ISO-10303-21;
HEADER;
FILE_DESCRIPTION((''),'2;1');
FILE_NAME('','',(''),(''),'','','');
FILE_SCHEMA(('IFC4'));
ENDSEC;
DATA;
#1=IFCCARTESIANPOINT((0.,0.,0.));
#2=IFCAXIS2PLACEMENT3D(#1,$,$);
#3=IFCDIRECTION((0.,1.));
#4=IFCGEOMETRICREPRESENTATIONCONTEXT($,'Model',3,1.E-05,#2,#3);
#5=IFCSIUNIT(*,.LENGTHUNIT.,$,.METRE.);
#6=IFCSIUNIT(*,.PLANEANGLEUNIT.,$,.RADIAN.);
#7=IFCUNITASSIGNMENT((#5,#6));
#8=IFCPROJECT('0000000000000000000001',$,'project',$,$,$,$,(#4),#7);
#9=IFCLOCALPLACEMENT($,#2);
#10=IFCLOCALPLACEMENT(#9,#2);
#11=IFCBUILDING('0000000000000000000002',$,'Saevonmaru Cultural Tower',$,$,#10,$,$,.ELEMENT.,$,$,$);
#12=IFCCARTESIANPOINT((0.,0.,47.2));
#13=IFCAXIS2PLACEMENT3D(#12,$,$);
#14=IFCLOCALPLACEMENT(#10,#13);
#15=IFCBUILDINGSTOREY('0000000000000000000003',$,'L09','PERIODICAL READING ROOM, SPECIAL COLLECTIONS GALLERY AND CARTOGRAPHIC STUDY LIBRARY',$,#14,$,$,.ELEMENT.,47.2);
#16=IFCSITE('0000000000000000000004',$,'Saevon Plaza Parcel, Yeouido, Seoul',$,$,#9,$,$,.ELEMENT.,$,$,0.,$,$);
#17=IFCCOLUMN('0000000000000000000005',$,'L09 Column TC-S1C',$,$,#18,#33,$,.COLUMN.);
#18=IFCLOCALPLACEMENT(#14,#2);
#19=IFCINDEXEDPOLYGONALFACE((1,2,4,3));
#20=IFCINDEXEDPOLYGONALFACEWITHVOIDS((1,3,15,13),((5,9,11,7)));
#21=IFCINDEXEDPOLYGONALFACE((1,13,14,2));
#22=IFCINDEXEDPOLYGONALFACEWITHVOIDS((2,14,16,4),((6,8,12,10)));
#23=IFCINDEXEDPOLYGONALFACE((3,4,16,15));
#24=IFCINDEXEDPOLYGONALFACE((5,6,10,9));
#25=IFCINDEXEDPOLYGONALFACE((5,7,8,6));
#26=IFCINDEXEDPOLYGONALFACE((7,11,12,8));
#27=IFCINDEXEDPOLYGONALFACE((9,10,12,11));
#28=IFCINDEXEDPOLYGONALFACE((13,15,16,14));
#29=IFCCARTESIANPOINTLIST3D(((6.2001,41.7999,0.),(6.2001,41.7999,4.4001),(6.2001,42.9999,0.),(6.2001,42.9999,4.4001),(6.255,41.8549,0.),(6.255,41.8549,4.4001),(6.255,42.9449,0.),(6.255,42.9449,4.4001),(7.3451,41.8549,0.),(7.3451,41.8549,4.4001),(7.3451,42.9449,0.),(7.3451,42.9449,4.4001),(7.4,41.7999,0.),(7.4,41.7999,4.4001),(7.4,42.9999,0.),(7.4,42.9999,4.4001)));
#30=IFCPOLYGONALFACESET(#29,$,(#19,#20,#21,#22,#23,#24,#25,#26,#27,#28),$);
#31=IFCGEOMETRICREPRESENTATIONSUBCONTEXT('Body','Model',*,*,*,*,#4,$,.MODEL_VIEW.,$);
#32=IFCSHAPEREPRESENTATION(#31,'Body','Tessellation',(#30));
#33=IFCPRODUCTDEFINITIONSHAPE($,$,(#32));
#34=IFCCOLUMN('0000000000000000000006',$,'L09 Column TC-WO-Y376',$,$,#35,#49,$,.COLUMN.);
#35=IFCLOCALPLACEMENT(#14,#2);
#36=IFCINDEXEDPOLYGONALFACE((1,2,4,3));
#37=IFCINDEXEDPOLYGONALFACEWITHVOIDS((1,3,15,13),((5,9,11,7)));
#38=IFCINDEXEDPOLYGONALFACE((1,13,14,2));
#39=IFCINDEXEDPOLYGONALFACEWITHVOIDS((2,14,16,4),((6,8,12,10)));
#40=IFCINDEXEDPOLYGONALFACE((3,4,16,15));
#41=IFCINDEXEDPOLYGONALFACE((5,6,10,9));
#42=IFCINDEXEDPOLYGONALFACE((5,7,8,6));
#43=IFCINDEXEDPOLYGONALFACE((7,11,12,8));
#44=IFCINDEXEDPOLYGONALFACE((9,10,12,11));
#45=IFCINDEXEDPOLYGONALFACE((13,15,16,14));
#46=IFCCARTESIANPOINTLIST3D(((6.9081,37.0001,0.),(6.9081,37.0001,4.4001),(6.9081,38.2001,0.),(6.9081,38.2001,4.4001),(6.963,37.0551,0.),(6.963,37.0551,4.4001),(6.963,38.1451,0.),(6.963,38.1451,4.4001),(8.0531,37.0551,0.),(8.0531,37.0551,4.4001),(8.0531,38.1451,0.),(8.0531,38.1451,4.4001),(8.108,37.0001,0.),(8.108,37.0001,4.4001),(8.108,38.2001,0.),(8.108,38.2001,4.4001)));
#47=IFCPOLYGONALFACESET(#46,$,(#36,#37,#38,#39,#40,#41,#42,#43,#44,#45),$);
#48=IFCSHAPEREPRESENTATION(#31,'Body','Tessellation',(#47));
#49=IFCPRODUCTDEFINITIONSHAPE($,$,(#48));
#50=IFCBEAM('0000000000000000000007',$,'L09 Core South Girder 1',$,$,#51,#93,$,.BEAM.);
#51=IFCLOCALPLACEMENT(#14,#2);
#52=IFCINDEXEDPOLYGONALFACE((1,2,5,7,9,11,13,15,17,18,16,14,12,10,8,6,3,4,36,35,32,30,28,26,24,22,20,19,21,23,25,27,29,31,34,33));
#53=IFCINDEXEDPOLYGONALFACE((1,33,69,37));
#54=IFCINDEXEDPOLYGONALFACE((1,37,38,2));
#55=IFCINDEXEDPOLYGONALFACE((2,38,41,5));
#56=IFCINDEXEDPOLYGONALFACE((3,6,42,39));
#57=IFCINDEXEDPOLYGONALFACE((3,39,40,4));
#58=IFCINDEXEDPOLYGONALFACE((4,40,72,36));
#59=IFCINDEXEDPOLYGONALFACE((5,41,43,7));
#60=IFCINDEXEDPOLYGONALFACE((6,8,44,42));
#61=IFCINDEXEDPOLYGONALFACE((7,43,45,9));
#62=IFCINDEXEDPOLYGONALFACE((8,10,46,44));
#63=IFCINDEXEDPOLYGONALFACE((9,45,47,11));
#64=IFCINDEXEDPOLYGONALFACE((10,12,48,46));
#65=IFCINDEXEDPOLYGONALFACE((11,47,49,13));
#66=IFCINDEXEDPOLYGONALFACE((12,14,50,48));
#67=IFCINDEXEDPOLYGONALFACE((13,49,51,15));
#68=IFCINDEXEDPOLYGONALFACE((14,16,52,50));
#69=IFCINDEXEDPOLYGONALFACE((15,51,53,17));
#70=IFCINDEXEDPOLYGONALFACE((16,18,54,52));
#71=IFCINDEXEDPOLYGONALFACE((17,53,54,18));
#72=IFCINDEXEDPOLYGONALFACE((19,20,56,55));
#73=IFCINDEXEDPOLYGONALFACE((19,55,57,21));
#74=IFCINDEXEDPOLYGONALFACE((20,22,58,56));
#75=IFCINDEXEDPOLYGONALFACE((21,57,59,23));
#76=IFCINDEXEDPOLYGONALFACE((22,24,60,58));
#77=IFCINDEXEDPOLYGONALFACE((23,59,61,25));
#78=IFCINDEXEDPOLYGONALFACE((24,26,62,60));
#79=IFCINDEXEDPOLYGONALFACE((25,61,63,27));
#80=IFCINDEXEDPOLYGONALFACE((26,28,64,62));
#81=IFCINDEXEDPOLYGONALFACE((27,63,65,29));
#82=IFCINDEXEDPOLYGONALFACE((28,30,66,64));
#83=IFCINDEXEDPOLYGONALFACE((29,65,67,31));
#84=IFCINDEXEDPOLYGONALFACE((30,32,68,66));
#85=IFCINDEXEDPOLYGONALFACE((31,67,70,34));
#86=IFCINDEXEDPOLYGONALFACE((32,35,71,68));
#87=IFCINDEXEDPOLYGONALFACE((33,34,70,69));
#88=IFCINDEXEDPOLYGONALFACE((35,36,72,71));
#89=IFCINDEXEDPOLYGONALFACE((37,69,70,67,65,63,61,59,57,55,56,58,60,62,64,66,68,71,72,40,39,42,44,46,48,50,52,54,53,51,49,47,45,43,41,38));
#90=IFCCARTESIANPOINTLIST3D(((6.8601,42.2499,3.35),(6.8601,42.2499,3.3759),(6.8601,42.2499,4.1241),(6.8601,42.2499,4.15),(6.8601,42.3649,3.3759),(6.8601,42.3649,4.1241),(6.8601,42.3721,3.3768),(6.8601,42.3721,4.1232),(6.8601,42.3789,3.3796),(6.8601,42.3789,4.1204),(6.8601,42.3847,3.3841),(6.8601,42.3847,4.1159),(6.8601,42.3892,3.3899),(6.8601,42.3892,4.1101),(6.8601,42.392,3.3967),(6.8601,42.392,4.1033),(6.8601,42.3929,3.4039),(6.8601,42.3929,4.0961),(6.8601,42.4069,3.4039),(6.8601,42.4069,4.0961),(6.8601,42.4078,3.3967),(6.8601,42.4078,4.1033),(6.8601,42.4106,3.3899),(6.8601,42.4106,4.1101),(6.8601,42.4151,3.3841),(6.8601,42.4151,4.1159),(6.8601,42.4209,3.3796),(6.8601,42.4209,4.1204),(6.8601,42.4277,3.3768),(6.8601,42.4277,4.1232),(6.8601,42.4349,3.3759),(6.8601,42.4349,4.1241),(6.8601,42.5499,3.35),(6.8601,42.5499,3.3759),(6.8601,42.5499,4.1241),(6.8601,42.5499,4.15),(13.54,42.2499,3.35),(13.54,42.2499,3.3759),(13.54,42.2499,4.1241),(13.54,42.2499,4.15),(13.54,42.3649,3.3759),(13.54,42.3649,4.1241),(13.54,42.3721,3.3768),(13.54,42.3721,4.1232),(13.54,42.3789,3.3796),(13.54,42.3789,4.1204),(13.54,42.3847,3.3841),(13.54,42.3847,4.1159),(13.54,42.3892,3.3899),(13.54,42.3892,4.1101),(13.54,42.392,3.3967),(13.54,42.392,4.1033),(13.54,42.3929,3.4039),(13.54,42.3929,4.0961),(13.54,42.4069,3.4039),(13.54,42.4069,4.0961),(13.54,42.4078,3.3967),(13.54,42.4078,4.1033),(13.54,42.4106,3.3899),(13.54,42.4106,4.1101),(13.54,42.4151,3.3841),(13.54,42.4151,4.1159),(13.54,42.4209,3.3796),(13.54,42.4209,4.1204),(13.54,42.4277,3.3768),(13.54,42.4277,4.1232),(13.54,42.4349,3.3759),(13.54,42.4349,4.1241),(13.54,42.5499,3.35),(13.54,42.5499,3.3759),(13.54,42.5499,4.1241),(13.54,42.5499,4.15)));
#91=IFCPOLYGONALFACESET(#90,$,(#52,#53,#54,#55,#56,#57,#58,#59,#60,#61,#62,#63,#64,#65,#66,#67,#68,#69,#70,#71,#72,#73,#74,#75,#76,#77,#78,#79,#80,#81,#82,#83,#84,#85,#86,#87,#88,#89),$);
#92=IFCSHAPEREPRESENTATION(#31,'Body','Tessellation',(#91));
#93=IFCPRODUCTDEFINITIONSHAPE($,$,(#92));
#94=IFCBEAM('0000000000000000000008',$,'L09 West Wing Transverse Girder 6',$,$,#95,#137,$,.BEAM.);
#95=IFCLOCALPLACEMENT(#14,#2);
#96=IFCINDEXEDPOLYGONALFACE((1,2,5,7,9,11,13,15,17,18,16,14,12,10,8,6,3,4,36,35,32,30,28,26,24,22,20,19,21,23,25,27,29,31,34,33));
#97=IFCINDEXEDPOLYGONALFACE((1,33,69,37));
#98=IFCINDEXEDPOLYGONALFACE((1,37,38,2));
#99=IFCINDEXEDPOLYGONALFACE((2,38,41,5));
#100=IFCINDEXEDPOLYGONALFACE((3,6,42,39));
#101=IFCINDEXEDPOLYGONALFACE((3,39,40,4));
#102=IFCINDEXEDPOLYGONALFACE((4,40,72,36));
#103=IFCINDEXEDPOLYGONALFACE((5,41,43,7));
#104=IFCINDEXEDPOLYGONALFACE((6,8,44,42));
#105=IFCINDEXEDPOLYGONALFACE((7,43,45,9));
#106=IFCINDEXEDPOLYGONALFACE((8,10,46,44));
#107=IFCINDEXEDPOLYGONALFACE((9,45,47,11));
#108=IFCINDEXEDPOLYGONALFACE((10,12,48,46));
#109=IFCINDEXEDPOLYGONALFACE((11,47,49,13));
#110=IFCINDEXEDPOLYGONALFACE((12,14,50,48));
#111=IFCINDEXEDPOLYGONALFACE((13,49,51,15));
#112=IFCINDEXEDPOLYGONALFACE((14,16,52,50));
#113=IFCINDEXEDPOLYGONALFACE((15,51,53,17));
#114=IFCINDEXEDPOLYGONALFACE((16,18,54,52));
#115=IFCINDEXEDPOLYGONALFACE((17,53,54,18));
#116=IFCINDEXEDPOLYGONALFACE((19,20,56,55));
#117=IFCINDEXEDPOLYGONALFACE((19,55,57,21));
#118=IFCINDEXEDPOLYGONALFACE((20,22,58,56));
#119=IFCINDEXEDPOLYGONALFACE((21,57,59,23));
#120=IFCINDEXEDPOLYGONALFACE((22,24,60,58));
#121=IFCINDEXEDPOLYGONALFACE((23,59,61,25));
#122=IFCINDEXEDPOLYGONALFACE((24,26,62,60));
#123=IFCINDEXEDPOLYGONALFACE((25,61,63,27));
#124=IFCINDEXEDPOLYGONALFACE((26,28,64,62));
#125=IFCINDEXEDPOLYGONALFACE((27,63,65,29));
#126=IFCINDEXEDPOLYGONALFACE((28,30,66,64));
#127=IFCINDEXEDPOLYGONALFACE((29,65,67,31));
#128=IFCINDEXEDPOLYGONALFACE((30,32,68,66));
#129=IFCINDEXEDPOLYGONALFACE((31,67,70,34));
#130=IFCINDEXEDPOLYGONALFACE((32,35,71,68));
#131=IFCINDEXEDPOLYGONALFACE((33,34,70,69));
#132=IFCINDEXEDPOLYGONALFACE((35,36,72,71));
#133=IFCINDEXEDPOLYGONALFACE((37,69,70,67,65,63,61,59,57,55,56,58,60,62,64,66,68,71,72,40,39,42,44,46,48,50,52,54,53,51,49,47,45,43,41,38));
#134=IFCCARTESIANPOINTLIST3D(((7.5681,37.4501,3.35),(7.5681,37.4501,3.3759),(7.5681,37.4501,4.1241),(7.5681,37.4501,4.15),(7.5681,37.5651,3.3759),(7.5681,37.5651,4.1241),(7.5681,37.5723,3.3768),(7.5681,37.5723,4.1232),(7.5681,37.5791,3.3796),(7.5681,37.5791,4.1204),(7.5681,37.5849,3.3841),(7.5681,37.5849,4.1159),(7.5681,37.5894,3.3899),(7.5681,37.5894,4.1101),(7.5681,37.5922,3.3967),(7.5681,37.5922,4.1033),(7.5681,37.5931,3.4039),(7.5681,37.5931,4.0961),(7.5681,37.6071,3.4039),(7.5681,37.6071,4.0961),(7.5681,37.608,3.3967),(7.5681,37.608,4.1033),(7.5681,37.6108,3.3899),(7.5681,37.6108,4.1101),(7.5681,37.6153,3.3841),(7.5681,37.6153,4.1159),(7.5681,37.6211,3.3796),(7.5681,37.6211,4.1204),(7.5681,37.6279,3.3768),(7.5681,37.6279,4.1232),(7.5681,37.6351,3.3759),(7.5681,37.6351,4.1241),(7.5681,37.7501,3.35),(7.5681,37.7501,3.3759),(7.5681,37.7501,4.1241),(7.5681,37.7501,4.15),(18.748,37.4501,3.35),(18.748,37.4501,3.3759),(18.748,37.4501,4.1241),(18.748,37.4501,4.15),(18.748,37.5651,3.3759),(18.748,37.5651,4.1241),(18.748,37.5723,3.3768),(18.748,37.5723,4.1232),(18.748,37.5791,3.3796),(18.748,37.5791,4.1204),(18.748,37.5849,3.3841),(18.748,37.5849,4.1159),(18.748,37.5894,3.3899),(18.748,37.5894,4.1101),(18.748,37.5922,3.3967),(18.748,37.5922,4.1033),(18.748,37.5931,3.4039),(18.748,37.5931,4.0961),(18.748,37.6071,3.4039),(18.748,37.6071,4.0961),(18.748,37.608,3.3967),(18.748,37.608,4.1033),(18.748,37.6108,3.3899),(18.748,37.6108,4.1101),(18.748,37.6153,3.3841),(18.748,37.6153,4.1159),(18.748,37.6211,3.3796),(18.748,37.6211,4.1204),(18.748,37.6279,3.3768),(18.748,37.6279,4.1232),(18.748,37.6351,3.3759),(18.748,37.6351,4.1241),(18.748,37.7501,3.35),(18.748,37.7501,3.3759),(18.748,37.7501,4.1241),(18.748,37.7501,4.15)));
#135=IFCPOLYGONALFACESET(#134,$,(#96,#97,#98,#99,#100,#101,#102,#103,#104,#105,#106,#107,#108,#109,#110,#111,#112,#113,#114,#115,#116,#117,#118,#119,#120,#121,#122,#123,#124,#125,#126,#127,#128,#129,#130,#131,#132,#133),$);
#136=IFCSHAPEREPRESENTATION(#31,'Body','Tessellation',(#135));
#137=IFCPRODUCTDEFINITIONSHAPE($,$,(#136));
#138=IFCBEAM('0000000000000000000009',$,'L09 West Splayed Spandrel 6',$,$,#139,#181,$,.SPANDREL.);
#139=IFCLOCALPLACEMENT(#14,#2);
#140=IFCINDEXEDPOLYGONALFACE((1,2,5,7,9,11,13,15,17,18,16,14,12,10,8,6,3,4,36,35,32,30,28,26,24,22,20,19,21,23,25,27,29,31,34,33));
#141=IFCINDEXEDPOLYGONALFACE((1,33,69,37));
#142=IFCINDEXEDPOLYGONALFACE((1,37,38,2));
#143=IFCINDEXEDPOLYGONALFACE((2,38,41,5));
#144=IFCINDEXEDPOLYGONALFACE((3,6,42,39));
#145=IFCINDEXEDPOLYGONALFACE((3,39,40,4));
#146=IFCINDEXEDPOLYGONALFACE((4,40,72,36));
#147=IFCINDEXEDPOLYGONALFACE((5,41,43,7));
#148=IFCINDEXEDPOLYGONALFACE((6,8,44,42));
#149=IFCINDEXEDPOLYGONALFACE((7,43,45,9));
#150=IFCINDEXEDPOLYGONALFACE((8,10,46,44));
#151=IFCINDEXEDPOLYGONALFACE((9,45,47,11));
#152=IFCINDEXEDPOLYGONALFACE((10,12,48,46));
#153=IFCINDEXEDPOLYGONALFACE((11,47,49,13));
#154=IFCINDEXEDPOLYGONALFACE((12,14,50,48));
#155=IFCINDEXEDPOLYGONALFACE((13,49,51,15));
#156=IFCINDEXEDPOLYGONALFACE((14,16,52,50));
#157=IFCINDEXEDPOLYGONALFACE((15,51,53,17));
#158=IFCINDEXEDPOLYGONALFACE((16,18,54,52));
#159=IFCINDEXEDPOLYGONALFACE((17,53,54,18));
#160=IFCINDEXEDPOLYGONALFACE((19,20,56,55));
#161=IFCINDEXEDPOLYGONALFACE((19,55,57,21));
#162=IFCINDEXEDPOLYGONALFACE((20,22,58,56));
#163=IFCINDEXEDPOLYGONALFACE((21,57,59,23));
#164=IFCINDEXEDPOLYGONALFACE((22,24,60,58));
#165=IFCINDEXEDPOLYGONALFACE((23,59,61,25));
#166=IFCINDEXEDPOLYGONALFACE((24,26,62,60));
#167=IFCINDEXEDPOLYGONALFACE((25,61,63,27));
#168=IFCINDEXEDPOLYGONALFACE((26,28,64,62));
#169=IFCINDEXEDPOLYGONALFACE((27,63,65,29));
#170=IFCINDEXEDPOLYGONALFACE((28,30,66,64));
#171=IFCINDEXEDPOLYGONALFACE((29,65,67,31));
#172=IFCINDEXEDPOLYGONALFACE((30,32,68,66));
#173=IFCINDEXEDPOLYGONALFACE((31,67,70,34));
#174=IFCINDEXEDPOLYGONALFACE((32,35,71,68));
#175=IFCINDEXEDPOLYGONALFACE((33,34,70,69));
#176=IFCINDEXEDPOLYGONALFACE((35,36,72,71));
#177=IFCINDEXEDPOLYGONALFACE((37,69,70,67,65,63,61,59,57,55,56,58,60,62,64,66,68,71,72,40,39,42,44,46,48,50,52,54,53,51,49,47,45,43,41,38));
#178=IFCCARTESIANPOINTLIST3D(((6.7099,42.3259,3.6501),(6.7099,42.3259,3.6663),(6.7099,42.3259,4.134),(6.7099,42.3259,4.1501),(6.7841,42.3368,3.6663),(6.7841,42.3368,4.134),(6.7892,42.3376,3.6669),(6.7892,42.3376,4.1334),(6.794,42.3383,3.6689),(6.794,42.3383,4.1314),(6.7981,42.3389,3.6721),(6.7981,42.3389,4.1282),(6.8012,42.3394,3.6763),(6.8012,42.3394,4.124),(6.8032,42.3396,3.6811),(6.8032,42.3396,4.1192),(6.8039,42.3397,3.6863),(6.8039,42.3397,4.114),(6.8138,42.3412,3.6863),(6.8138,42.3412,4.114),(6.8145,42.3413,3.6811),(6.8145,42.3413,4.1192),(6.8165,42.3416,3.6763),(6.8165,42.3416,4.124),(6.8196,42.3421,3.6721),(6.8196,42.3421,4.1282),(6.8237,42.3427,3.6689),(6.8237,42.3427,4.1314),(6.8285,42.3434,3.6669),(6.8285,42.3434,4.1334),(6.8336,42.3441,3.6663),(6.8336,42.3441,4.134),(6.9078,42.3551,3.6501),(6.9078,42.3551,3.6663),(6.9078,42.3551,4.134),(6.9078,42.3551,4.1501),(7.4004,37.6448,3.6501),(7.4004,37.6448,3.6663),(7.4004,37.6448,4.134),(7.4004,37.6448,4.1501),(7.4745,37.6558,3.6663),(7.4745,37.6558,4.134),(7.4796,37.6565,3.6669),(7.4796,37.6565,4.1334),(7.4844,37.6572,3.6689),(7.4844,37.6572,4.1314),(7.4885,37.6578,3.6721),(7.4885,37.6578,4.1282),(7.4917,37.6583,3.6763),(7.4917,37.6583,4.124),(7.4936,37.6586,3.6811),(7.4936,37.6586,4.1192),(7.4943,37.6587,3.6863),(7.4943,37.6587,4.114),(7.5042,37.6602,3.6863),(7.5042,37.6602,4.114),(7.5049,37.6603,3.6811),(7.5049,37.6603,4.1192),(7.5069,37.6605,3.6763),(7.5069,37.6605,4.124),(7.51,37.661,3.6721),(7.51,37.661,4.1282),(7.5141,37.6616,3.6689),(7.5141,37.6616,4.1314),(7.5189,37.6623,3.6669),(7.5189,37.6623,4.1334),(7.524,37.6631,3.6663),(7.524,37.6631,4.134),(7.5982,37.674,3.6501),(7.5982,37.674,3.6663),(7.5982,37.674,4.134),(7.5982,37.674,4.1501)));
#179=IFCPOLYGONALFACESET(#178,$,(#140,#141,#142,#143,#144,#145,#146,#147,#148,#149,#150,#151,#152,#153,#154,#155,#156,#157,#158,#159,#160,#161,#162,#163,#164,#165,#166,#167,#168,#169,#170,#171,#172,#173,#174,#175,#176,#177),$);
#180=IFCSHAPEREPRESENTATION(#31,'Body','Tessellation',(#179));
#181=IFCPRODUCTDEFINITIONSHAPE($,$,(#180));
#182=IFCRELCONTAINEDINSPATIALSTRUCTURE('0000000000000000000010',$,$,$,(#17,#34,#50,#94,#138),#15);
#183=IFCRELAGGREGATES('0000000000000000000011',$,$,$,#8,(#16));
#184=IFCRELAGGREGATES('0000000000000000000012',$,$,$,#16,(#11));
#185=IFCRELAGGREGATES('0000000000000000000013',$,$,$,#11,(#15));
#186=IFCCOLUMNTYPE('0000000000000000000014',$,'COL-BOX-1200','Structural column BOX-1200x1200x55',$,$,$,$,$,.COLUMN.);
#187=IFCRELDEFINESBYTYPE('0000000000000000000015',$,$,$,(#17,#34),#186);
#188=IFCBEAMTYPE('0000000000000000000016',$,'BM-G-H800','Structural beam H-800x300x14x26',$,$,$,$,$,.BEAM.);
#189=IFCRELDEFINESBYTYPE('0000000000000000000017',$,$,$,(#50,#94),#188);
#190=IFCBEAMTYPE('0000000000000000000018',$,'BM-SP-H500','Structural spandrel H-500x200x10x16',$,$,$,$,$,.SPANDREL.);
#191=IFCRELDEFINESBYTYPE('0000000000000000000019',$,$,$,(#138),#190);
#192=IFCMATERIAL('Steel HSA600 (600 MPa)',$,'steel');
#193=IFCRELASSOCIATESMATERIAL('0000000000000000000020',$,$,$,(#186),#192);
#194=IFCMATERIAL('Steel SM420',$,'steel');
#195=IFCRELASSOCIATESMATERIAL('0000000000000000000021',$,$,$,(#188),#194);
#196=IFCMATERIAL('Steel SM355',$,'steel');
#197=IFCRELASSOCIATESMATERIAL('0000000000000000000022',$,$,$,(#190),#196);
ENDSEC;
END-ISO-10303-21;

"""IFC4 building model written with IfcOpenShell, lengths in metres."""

from ifc_helpers import new_model, si_unit, direction, frame, origin, origin_2d, place, context, subcontext, project, spatial, hollow_rectangle, i_section, extrude, material, material_profile, profile_set, type_object, element, save


model = new_model("IFC4")

# Units and contexts
model_context = context("Model", 3, precision=1e-05, world=origin(), true_north=direction((0.0, 1.0)))
body_context = subcontext(model_context, "Body", "Model", "MODEL_VIEW")
ifc_project = project(units=[si_unit("LENGTHUNIT", "METRE"), si_unit("PLANEANGLEUNIT", "RADIAN")], contexts=[model_context])

# Site, building, storey
site_placement = place(None, origin())
site = spatial("IfcSite", under=ifc_project, at=site_placement, Name="Saevon Plaza Parcel, Yeouido, Seoul", CompositionType="ELEMENT", RefElevation=0.0)
building_placement = place(site_placement, origin())
building = spatial("IfcBuilding", under=site, at=building_placement, Name="Saevonmaru Cultural Tower", CompositionType="ELEMENT")
storey_placement = place(building_placement, frame((0.0, 0.0, 47.2)))
storey = spatial("IfcBuildingStorey", under=building, at=storey_placement, Name="L09", Description="PERIODICAL READING ROOM, SPECIAL COLLECTIONS GALLERY AND CARTOGRAPHIC STUDY LIBRARY", CompositionType="ELEMENT", Elevation=47.2)

# Columns
ifc_material_1 = material(Name="Steel HSA600 (600 MPa)", Category="steel")
ifc_material_profile_1 = material_profile(ifc_material_1, hollow_rectangle(XDim=1.2, YDim=1.2, WallThickness=0.0549, at=origin_2d()), Name="BOX-1200x1200x55")
ifc_profile_set_1 = profile_set([ifc_material_profile_1], Name="Steel HSA600 (600 MPa)")
column_type = type_object("IfcColumnType", Name="COL-BOX-1200", Description="Structural column BOX-1200x1200x55", PredefinedType="COLUMN", material=ifc_profile_set_1)
for number, where, z_axis, x_axis, name in (
    (1, (6.8, 42.3999, 0.0), (0.0, 0.0, 1.0), (1.0, 0.0, 0.0), "L09 Column TC-S1C"),
    (2, (7.5081, 37.6001, 0.0), (0.0, 0.0, 1.0), (1.0, 0.0, 0.0), "L09 Column TC-WO-Y376"),
):
    element("IfcColumn", number, at=place(storey_placement, frame(where, z_axis=z_axis, x_axis=x_axis)), inside=storey, type_object=column_type, Name=name, PredefinedType="COLUMN", context=body_context, shape_type="SweptSolid", body=[
        extrude(hollow_rectangle(XDim=1.2, YDim=1.2, WallThickness=0.0549, at=origin_2d()), origin(), (0.0, 0.0, 1.0), 4.4001),
    ])

# Beams
ifc_material_2 = material(Name="Steel SM420", Category="steel")
ifc_material_profile_2 = material_profile(ifc_material_2, i_section(OverallWidth=0.3, OverallDepth=0.8, WebThickness=0.0139, FlangeThickness=0.0259, FilletRadius=0.0281, at=origin_2d()), Name="H-800x300x14x26")
ifc_profile_set_2 = profile_set([ifc_material_profile_2], Name="Steel SM420")
beam_type_1 = type_object("IfcBeamType", Name="BM-G-H800", Description="Structural beam H-800x300x14x26", PredefinedType="BEAM", material=ifc_profile_set_2)
beam_1_placement = place(storey_placement, frame((6.8601, 42.3999, 3.75), z_axis=(1.0, 0.0, 0.0), x_axis=(0.0, 1.0, 0.0)))
element("IfcBeam", 3, at=beam_1_placement, inside=storey, type_object=beam_type_1, Name="L09 Core South Girder 1", PredefinedType="BEAM", context=body_context, shape_type="SweptSolid", body=[
    extrude(i_section(OverallWidth=0.3, OverallDepth=0.8, WebThickness=0.0139, FlangeThickness=0.0259, FilletRadius=0.0281, at=origin_2d()), origin(), (0.0, 0.0, 1.0), 6.6799),
])
beam_2_placement = place(storey_placement, frame((7.5681, 37.6001, 3.75), z_axis=(1.0, 0.0, 0.0), x_axis=(0.0, 1.0, 0.0)))
element("IfcBeam", 4, at=beam_2_placement, inside=storey, type_object=beam_type_1, Name="L09 West Wing Transverse Girder 6", PredefinedType="BEAM", context=body_context, shape_type="SweptSolid", body=[
    extrude(i_section(OverallWidth=0.3, OverallDepth=0.8, WebThickness=0.0139, FlangeThickness=0.0259, FilletRadius=0.0281, at=origin_2d()), origin(), (0.0, 0.0, 1.0), 11.1799),
])
ifc_material_3 = material(Name="Steel SM355", Category="steel")
ifc_material_profile_3 = material_profile(ifc_material_3, i_section(OverallWidth=0.2, OverallDepth=0.5, WebThickness=0.01, FlangeThickness=0.0161, FilletRadius=0.02, at=origin_2d()), Name="H-500x200x10x16")
ifc_profile_set_3 = profile_set([ifc_material_profile_3], Name="Steel SM355")
beam_type_2 = type_object("IfcBeamType", Name="BM-SP-H500", Description="Structural spandrel H-500x200x10x16", PredefinedType="SPANDREL", material=ifc_profile_set_3)
beam_3_placement = place(storey_placement, frame((7.4993, 37.6594, 3.9001), z_axis=(-0.145913, 0.989297, 0.0), x_axis=(-0.989297, -0.145913, 0.0)))
element("IfcBeam", 5, at=beam_3_placement, inside=storey, type_object=beam_type_2, Name="L09 West Splayed Spandrel 6", PredefinedType="SPANDREL", context=body_context, shape_type="SweptSolid", body=[
    extrude(i_section(OverallWidth=0.2, OverallDepth=0.5, WebThickness=0.01, FlangeThickness=0.0161, FilletRadius=0.02, at=origin_2d()), origin(), (0.0, 0.0, 1.0), 4.7317),
])

save(model, "model.ifc")
